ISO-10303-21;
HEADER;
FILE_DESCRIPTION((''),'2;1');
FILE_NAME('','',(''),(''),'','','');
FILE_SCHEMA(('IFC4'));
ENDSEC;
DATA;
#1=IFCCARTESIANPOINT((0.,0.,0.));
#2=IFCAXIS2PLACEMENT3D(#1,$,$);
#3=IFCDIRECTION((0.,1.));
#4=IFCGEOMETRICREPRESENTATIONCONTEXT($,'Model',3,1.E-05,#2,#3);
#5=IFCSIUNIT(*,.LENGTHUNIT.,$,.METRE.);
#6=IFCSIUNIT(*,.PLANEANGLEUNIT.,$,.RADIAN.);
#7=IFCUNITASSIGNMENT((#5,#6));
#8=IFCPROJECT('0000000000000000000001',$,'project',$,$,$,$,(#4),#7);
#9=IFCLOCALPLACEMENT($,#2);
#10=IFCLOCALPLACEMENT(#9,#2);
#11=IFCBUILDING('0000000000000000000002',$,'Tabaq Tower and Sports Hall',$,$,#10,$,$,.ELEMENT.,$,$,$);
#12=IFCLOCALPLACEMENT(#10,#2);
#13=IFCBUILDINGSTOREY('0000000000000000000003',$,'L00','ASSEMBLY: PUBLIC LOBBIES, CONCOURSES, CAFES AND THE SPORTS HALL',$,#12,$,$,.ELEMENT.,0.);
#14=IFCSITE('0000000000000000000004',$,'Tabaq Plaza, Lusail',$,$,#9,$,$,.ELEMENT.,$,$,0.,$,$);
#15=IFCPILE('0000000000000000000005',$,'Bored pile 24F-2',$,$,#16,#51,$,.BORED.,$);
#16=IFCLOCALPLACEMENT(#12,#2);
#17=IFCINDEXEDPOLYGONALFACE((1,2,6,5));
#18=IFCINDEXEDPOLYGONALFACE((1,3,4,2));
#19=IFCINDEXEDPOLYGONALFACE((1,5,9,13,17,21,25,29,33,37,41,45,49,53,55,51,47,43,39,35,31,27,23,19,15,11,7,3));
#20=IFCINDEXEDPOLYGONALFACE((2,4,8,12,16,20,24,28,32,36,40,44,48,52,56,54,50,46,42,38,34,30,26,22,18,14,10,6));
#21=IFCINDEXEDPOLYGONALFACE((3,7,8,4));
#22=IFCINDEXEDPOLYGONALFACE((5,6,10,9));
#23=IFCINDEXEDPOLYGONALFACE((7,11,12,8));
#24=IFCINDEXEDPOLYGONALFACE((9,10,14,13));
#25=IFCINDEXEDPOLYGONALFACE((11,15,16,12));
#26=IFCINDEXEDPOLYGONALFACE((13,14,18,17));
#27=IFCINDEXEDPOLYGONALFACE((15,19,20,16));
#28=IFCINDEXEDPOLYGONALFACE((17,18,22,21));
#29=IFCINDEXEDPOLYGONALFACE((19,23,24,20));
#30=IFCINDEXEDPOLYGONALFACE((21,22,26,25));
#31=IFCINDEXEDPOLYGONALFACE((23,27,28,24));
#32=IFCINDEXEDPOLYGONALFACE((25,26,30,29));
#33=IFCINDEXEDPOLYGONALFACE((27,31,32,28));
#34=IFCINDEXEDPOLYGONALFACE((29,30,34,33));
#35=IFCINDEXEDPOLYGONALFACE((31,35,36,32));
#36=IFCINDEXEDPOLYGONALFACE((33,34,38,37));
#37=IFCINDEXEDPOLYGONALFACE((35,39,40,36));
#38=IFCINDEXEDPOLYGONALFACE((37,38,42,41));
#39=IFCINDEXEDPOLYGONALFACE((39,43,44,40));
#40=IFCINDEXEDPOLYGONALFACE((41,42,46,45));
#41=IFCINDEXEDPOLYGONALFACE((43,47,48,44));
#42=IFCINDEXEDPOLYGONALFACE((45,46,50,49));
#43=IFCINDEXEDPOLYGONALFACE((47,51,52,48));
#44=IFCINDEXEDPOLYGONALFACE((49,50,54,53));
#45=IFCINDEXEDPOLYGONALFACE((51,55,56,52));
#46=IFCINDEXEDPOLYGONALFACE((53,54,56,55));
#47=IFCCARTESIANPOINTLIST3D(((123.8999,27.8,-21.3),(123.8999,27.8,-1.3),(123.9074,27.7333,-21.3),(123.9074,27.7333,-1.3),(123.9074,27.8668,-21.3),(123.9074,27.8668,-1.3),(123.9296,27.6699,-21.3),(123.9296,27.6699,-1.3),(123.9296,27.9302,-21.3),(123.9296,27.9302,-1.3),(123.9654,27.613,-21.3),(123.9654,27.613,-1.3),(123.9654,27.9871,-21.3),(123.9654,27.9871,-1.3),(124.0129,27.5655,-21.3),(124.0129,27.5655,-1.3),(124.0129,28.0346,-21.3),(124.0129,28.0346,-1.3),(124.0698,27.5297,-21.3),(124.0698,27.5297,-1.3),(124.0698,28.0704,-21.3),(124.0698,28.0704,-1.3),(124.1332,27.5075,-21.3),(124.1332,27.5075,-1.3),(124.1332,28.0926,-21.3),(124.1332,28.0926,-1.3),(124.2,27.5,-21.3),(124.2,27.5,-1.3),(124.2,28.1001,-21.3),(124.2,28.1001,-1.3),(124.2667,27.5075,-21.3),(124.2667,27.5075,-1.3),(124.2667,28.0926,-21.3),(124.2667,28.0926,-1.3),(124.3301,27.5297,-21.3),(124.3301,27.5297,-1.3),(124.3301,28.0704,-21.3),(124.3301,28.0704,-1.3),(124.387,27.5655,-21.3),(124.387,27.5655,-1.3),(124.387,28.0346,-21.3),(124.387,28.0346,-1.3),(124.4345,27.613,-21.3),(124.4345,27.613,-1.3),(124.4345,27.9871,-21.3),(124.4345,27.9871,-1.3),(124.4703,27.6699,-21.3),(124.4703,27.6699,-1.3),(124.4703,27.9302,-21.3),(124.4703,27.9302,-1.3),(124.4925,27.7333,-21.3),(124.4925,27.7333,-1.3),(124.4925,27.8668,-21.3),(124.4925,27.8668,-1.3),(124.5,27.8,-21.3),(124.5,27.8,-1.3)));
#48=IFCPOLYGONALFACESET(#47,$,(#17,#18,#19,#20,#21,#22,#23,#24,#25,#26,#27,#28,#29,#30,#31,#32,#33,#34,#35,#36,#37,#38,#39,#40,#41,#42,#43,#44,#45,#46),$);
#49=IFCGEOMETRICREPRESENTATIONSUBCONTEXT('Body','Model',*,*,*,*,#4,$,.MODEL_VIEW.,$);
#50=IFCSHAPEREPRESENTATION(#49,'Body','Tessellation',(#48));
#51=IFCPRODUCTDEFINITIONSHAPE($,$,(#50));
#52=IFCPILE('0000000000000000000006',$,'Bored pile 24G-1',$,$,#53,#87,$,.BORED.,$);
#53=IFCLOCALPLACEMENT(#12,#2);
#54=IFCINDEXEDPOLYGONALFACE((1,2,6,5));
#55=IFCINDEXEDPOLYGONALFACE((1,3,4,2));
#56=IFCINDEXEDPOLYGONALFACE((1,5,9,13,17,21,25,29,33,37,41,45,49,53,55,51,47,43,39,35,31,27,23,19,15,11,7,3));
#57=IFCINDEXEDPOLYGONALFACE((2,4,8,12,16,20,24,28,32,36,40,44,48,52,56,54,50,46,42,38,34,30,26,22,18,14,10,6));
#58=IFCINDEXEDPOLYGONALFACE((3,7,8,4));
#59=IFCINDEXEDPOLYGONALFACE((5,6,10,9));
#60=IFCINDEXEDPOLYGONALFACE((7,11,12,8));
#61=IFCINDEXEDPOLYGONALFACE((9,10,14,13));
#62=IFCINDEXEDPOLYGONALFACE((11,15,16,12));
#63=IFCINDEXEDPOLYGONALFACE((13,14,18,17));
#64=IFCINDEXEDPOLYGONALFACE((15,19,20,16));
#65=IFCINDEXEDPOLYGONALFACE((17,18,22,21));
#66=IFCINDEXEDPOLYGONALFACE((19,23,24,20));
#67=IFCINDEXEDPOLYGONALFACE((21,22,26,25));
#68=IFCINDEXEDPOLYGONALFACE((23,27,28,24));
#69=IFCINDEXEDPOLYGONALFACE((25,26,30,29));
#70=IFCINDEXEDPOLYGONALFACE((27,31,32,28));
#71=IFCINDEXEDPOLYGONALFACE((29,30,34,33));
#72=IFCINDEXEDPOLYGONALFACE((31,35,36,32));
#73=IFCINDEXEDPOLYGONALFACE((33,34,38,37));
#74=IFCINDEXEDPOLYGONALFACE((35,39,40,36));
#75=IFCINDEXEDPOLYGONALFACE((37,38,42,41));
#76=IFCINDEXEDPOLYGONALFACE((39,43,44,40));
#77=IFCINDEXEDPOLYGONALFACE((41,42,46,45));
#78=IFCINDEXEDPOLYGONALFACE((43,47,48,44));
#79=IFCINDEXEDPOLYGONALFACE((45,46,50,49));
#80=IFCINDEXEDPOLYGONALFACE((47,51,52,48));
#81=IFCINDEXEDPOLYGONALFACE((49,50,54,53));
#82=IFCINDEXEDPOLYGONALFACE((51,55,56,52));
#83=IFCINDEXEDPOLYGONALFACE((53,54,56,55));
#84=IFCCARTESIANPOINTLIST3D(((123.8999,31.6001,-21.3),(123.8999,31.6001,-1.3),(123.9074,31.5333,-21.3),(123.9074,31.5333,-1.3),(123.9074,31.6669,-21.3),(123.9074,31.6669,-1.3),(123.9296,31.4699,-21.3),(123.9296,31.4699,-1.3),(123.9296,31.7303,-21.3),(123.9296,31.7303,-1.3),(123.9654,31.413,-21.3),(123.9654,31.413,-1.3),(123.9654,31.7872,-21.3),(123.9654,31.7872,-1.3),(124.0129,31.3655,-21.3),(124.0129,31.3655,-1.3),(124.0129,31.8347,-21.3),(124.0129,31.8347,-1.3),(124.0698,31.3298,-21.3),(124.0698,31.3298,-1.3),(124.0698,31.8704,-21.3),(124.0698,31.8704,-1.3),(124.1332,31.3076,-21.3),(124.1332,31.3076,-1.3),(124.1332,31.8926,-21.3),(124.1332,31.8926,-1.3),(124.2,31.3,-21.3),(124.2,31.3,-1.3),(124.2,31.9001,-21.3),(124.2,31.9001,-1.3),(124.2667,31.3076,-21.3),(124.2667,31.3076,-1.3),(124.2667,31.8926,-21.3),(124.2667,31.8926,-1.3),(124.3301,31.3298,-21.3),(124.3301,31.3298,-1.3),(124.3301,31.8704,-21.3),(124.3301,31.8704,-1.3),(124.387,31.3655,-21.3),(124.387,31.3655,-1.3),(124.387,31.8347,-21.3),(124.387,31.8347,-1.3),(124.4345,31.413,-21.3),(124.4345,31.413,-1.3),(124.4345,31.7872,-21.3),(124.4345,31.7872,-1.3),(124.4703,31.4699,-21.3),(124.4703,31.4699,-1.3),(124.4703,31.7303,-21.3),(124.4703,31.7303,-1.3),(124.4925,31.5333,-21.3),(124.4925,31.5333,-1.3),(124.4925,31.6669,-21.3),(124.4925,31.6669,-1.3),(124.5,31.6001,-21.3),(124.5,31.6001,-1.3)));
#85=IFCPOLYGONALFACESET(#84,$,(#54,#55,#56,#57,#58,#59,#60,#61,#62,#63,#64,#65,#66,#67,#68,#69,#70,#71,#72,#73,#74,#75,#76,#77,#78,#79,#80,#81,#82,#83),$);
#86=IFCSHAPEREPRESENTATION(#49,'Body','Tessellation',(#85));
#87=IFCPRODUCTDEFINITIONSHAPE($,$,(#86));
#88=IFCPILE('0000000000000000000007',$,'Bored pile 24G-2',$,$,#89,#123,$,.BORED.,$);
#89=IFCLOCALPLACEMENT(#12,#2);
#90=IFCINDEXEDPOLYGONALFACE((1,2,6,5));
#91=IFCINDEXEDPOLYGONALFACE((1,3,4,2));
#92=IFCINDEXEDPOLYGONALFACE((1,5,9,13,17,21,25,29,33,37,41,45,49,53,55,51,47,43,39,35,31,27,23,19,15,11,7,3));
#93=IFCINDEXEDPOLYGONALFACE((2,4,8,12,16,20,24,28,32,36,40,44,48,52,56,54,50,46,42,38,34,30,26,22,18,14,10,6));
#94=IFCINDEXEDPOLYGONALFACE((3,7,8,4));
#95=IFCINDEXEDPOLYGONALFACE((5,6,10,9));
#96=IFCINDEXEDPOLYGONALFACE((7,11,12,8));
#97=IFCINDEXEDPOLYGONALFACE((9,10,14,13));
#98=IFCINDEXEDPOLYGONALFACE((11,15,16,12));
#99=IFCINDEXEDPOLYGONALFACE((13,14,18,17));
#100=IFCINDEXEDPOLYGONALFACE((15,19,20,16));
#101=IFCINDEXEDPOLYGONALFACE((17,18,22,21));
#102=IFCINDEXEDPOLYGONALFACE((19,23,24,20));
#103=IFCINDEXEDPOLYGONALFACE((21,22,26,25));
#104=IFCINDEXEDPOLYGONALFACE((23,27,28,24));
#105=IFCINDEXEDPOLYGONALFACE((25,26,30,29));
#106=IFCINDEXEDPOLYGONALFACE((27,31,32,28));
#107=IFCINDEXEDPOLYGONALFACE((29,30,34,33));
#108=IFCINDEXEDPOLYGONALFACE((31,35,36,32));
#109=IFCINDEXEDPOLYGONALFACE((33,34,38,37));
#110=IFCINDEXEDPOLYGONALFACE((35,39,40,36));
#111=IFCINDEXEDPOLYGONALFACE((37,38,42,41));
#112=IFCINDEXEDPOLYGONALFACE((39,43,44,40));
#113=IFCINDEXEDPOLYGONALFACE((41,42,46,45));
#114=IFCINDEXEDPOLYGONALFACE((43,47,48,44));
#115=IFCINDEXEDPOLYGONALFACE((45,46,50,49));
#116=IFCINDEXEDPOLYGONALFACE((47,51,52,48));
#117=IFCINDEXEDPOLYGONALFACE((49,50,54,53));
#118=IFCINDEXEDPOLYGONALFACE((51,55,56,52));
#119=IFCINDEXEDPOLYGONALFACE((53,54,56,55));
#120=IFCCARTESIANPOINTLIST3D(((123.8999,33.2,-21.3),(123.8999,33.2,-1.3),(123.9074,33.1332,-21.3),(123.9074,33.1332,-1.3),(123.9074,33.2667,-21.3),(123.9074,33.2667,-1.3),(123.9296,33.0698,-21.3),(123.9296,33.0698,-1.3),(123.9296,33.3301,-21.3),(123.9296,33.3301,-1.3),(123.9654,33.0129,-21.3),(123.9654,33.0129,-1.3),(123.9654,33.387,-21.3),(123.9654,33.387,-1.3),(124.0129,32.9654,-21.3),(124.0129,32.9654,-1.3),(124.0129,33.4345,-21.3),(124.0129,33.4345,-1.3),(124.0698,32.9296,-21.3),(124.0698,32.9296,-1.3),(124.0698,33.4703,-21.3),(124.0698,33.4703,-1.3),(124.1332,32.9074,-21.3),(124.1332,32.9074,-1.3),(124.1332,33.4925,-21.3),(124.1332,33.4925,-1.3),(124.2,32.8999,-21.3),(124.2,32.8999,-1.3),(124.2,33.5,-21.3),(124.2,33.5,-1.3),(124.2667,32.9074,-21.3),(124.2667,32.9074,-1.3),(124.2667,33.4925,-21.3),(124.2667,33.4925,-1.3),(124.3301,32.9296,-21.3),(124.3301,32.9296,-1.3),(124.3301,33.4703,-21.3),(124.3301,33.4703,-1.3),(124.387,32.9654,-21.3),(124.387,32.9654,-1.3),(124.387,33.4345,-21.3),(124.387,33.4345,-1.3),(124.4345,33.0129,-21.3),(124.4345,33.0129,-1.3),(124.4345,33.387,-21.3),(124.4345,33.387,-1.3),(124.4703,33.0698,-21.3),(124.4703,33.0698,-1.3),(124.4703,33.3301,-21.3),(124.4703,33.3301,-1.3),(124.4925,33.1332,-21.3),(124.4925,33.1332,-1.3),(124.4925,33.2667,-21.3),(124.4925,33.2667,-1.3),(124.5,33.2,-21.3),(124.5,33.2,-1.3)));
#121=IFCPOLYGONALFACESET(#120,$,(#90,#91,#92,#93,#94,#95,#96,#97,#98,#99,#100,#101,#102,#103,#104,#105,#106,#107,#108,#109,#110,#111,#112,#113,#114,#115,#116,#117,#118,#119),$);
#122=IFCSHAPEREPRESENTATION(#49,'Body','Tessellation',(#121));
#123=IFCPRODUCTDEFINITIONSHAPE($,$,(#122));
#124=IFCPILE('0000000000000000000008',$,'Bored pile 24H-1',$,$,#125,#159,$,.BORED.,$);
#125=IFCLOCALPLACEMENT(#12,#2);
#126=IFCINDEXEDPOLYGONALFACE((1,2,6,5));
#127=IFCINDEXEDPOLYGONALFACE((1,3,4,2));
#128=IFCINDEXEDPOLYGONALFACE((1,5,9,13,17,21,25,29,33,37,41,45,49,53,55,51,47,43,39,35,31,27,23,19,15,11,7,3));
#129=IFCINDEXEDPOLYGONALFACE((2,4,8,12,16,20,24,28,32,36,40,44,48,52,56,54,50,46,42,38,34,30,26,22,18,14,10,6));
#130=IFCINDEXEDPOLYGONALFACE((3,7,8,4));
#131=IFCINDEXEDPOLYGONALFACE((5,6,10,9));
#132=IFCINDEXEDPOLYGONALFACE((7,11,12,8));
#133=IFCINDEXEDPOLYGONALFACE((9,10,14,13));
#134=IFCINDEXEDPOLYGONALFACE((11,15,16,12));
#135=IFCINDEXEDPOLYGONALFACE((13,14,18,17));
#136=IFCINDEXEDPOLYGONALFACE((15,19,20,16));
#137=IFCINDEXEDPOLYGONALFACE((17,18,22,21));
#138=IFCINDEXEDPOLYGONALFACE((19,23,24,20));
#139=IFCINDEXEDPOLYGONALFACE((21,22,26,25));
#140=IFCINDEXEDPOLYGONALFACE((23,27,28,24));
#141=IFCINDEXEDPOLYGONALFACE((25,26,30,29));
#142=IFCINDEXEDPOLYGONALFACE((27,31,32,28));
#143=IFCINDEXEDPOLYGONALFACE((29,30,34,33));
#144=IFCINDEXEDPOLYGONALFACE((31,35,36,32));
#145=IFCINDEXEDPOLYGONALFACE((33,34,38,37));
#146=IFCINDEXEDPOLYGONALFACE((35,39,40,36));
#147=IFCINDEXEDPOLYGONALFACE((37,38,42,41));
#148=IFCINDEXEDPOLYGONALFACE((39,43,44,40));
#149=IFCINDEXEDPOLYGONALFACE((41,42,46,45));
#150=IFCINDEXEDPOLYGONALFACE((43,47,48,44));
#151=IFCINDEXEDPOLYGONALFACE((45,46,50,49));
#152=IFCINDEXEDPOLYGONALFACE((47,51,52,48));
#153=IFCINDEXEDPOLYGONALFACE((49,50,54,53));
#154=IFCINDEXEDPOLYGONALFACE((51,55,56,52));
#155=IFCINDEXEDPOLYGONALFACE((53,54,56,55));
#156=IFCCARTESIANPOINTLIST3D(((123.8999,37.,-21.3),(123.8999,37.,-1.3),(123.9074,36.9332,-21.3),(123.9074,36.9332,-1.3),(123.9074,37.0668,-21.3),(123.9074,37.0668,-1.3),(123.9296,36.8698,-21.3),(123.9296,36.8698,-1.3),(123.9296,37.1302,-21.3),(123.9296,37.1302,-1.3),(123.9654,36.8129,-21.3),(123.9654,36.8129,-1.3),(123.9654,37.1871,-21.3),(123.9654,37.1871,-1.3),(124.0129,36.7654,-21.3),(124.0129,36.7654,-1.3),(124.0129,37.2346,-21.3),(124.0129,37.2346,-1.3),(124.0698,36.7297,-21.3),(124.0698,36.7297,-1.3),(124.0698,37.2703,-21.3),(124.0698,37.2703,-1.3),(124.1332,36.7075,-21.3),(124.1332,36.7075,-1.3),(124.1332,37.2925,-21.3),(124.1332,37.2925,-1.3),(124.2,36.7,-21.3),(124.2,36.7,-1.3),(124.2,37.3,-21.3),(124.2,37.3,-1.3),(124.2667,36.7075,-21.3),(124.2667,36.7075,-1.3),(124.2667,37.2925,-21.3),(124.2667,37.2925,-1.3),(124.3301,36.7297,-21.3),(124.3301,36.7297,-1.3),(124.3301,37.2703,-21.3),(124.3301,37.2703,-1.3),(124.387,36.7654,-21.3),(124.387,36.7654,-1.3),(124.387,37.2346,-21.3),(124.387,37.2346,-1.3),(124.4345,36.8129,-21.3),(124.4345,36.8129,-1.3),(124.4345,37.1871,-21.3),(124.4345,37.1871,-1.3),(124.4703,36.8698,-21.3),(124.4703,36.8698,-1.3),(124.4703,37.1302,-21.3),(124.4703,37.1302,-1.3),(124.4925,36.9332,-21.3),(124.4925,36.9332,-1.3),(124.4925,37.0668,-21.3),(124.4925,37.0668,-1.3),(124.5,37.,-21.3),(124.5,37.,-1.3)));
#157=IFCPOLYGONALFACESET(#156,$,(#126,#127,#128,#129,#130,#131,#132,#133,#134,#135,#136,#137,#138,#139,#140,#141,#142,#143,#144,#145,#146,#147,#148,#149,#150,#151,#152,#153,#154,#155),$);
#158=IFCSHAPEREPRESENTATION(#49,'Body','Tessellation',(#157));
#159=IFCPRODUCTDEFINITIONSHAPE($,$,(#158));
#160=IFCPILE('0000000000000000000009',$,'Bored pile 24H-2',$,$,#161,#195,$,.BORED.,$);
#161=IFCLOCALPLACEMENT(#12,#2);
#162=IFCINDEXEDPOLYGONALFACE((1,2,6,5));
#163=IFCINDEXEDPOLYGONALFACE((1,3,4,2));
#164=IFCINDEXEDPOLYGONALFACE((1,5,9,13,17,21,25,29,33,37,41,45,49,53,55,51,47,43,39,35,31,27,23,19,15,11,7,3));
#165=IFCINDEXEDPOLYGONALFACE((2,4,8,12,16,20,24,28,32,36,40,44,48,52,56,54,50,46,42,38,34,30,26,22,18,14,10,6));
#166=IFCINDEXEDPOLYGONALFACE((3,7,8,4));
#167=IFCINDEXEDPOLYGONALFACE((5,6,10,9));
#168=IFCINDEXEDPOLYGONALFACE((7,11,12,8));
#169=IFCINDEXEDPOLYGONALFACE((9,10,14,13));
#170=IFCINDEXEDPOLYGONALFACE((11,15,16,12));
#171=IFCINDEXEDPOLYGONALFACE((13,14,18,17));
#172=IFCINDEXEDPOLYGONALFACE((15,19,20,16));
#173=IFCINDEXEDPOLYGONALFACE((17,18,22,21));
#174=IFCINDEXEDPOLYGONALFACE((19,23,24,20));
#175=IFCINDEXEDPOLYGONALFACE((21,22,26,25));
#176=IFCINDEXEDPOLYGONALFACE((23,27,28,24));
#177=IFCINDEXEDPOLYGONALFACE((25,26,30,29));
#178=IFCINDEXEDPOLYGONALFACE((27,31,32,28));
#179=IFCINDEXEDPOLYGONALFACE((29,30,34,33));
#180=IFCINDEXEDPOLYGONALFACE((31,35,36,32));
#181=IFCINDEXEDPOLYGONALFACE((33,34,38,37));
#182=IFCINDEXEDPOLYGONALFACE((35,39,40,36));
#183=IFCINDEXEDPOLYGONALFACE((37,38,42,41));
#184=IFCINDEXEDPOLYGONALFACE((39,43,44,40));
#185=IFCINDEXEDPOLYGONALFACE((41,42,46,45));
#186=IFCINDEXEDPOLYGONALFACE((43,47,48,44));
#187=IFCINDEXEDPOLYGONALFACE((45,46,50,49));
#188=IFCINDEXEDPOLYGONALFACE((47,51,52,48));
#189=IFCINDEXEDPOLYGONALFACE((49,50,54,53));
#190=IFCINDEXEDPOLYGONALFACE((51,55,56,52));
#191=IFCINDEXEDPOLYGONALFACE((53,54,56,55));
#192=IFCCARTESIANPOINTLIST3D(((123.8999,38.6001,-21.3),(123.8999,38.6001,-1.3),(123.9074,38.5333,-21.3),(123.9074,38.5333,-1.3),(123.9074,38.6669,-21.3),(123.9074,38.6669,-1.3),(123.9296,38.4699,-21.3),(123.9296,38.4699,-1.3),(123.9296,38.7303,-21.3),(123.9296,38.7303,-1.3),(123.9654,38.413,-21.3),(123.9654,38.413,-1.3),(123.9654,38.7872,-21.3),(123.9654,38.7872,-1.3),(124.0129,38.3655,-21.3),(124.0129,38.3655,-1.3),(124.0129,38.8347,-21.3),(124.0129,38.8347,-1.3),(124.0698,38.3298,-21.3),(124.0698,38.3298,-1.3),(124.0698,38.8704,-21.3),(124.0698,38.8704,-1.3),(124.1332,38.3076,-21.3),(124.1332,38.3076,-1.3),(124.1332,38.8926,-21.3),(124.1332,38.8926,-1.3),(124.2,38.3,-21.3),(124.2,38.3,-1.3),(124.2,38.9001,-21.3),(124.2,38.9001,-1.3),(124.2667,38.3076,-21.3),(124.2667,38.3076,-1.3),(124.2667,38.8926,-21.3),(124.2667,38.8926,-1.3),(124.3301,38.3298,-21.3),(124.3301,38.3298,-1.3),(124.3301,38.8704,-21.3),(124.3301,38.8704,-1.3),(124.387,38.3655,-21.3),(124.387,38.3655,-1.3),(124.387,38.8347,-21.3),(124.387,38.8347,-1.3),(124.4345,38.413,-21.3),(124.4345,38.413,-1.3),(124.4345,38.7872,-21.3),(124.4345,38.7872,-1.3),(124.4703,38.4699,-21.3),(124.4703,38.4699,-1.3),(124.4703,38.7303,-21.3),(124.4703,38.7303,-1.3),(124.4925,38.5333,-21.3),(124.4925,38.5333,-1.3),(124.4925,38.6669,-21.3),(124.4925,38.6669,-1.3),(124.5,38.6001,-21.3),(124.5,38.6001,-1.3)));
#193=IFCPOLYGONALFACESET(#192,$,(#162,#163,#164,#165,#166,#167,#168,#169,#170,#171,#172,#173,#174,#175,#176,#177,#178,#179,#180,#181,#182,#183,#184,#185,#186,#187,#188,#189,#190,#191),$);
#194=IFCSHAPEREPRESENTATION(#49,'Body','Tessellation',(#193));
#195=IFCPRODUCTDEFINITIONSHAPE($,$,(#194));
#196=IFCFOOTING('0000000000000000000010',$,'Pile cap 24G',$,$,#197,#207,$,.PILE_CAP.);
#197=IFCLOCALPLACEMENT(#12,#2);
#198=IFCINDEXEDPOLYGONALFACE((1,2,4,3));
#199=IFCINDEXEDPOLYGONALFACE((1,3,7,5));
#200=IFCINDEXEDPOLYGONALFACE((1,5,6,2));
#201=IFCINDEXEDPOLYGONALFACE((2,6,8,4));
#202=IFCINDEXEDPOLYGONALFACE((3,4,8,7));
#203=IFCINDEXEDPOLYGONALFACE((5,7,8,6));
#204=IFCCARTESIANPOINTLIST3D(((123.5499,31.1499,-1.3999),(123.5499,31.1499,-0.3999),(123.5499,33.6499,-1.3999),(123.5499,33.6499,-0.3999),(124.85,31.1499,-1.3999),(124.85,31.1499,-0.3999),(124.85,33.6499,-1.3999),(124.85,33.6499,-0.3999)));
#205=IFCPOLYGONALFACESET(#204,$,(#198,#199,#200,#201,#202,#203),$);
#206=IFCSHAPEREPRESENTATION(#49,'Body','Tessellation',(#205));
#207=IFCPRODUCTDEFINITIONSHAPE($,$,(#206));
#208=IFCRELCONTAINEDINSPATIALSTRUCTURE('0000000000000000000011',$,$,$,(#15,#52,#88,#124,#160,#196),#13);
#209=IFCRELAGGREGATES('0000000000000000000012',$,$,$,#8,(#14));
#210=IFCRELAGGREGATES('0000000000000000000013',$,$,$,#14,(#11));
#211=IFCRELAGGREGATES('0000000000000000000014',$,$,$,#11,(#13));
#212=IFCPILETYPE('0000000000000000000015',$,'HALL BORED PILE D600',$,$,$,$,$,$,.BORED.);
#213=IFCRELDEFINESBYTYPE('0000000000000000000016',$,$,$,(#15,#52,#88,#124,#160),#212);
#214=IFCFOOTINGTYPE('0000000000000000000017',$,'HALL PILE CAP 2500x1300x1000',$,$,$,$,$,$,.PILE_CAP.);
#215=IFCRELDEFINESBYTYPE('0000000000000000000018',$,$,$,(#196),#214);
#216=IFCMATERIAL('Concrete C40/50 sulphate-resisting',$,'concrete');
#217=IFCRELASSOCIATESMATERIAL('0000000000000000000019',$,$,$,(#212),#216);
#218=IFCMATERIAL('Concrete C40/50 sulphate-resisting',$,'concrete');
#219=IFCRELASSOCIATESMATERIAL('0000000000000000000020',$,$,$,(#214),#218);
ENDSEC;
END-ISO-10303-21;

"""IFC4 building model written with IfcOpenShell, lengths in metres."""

from ifc_helpers import new_model, si_unit, direction, frame, origin, origin_2d, place, context, subcontext, project, spatial, rectangle, circle, extrude, material, material_profile, profile_set, type_object, element, save


model = new_model("IFC4")

# Units and contexts
model_context = context("Model", 3, precision=1e-05, world=origin(), true_north=direction((0.0, 1.0)))
body_context = subcontext(model_context, "Body", "Model", "MODEL_VIEW")
ifc_project = project(units=[si_unit("LENGTHUNIT", "METRE"), si_unit("PLANEANGLEUNIT", "RADIAN")], contexts=[model_context])

# Site, building, storey
site_placement = place(None, origin())
site = spatial("IfcSite", under=ifc_project, at=site_placement, Name="Tabaq Plaza, Lusail", CompositionType="ELEMENT", RefElevation=0.0)
building_placement = place(site_placement, origin())
building = spatial("IfcBuilding", under=site, at=building_placement, Name="Tabaq Tower and Sports Hall", CompositionType="ELEMENT")
storey_placement = place(building_placement, origin())
storey = spatial("IfcBuildingStorey", under=building, at=storey_placement, Name="L00", Description="ASSEMBLY: PUBLIC LOBBIES, CONCOURSES, CAFES AND THE SPORTS HALL", CompositionType="ELEMENT", Elevation=0.0)

# Piles
ifc_material_1 = material(Name="Concrete C40/50 sulphate-resisting", Category="concrete")
ifc_material_profile_1 = material_profile(ifc_material_1, circle(Radius=0.3, at=origin_2d()), Name="D600")
ifc_profile_set_1 = profile_set([ifc_material_profile_1], Name="Concrete C40/50 sulphate-resisting")
pile_type = type_object("IfcPileType", Name="HALL BORED PILE D600", PredefinedType="BORED", material=ifc_profile_set_1)
for number, where, z_axis, x_axis, name in (
    (1, (124.2, 27.8, -1.3), (0.0, 0.0, -1.0), (1.0, 0.0, 0.0), "Bored pile 24F-2"),
    (2, (124.2, 31.6001, -1.3), (0.0, 0.0, -1.0), (1.0, 0.0, 0.0), "Bored pile 24G-1"),
    (3, (124.2, 33.2, -1.3), (0.0, 0.0, -1.0), (1.0, 0.0, 0.0), "Bored pile 24G-2"),
    (4, (124.2, 37.0, -1.3), (0.0, 0.0, -1.0), (1.0, 0.0, 0.0), "Bored pile 24H-1"),
    (5, (124.2, 38.6001, -1.3), (0.0, 0.0, -1.0), (1.0, 0.0, 0.0), "Bored pile 24H-2"),
):
    element("IfcPile", number, at=place(storey_placement, frame(where, z_axis=z_axis, x_axis=x_axis)), inside=storey, type_object=pile_type, Name=name, PredefinedType="BORED", context=body_context, shape_type="SweptSolid", body=[
        extrude(circle(Radius=0.3, at=origin_2d()), origin(), (0.0, 0.0, 1.0), 20.0),
    ])

# Footing
ifc_material_2 = material(Name="Concrete C40/50 sulphate-resisting", Category="concrete")
footing_type = type_object("IfcFootingType", Name="HALL PILE CAP 2500x1300x1000", PredefinedType="PILE_CAP", material=ifc_material_2)
for number, where, z_axis, x_axis, name in (
    (6, (124.2, 32.3999, -1.3999), (0.0, 0.0, 1.0), (0.0, 1.0, 0.0), "Pile cap 24G"),
):
    element("IfcFooting", number, at=place(storey_placement, frame(where, z_axis=z_axis, x_axis=x_axis)), inside=storey, type_object=footing_type, Name=name, PredefinedType="PILE_CAP", context=body_context, shape_type="SweptSolid", body=[
        extrude(rectangle(XDim=2.5, YDim=1.3, at=origin_2d()), origin(), (0.0, 0.0, 1.0), 1.0),
    ])

save(model, "model.ifc")
